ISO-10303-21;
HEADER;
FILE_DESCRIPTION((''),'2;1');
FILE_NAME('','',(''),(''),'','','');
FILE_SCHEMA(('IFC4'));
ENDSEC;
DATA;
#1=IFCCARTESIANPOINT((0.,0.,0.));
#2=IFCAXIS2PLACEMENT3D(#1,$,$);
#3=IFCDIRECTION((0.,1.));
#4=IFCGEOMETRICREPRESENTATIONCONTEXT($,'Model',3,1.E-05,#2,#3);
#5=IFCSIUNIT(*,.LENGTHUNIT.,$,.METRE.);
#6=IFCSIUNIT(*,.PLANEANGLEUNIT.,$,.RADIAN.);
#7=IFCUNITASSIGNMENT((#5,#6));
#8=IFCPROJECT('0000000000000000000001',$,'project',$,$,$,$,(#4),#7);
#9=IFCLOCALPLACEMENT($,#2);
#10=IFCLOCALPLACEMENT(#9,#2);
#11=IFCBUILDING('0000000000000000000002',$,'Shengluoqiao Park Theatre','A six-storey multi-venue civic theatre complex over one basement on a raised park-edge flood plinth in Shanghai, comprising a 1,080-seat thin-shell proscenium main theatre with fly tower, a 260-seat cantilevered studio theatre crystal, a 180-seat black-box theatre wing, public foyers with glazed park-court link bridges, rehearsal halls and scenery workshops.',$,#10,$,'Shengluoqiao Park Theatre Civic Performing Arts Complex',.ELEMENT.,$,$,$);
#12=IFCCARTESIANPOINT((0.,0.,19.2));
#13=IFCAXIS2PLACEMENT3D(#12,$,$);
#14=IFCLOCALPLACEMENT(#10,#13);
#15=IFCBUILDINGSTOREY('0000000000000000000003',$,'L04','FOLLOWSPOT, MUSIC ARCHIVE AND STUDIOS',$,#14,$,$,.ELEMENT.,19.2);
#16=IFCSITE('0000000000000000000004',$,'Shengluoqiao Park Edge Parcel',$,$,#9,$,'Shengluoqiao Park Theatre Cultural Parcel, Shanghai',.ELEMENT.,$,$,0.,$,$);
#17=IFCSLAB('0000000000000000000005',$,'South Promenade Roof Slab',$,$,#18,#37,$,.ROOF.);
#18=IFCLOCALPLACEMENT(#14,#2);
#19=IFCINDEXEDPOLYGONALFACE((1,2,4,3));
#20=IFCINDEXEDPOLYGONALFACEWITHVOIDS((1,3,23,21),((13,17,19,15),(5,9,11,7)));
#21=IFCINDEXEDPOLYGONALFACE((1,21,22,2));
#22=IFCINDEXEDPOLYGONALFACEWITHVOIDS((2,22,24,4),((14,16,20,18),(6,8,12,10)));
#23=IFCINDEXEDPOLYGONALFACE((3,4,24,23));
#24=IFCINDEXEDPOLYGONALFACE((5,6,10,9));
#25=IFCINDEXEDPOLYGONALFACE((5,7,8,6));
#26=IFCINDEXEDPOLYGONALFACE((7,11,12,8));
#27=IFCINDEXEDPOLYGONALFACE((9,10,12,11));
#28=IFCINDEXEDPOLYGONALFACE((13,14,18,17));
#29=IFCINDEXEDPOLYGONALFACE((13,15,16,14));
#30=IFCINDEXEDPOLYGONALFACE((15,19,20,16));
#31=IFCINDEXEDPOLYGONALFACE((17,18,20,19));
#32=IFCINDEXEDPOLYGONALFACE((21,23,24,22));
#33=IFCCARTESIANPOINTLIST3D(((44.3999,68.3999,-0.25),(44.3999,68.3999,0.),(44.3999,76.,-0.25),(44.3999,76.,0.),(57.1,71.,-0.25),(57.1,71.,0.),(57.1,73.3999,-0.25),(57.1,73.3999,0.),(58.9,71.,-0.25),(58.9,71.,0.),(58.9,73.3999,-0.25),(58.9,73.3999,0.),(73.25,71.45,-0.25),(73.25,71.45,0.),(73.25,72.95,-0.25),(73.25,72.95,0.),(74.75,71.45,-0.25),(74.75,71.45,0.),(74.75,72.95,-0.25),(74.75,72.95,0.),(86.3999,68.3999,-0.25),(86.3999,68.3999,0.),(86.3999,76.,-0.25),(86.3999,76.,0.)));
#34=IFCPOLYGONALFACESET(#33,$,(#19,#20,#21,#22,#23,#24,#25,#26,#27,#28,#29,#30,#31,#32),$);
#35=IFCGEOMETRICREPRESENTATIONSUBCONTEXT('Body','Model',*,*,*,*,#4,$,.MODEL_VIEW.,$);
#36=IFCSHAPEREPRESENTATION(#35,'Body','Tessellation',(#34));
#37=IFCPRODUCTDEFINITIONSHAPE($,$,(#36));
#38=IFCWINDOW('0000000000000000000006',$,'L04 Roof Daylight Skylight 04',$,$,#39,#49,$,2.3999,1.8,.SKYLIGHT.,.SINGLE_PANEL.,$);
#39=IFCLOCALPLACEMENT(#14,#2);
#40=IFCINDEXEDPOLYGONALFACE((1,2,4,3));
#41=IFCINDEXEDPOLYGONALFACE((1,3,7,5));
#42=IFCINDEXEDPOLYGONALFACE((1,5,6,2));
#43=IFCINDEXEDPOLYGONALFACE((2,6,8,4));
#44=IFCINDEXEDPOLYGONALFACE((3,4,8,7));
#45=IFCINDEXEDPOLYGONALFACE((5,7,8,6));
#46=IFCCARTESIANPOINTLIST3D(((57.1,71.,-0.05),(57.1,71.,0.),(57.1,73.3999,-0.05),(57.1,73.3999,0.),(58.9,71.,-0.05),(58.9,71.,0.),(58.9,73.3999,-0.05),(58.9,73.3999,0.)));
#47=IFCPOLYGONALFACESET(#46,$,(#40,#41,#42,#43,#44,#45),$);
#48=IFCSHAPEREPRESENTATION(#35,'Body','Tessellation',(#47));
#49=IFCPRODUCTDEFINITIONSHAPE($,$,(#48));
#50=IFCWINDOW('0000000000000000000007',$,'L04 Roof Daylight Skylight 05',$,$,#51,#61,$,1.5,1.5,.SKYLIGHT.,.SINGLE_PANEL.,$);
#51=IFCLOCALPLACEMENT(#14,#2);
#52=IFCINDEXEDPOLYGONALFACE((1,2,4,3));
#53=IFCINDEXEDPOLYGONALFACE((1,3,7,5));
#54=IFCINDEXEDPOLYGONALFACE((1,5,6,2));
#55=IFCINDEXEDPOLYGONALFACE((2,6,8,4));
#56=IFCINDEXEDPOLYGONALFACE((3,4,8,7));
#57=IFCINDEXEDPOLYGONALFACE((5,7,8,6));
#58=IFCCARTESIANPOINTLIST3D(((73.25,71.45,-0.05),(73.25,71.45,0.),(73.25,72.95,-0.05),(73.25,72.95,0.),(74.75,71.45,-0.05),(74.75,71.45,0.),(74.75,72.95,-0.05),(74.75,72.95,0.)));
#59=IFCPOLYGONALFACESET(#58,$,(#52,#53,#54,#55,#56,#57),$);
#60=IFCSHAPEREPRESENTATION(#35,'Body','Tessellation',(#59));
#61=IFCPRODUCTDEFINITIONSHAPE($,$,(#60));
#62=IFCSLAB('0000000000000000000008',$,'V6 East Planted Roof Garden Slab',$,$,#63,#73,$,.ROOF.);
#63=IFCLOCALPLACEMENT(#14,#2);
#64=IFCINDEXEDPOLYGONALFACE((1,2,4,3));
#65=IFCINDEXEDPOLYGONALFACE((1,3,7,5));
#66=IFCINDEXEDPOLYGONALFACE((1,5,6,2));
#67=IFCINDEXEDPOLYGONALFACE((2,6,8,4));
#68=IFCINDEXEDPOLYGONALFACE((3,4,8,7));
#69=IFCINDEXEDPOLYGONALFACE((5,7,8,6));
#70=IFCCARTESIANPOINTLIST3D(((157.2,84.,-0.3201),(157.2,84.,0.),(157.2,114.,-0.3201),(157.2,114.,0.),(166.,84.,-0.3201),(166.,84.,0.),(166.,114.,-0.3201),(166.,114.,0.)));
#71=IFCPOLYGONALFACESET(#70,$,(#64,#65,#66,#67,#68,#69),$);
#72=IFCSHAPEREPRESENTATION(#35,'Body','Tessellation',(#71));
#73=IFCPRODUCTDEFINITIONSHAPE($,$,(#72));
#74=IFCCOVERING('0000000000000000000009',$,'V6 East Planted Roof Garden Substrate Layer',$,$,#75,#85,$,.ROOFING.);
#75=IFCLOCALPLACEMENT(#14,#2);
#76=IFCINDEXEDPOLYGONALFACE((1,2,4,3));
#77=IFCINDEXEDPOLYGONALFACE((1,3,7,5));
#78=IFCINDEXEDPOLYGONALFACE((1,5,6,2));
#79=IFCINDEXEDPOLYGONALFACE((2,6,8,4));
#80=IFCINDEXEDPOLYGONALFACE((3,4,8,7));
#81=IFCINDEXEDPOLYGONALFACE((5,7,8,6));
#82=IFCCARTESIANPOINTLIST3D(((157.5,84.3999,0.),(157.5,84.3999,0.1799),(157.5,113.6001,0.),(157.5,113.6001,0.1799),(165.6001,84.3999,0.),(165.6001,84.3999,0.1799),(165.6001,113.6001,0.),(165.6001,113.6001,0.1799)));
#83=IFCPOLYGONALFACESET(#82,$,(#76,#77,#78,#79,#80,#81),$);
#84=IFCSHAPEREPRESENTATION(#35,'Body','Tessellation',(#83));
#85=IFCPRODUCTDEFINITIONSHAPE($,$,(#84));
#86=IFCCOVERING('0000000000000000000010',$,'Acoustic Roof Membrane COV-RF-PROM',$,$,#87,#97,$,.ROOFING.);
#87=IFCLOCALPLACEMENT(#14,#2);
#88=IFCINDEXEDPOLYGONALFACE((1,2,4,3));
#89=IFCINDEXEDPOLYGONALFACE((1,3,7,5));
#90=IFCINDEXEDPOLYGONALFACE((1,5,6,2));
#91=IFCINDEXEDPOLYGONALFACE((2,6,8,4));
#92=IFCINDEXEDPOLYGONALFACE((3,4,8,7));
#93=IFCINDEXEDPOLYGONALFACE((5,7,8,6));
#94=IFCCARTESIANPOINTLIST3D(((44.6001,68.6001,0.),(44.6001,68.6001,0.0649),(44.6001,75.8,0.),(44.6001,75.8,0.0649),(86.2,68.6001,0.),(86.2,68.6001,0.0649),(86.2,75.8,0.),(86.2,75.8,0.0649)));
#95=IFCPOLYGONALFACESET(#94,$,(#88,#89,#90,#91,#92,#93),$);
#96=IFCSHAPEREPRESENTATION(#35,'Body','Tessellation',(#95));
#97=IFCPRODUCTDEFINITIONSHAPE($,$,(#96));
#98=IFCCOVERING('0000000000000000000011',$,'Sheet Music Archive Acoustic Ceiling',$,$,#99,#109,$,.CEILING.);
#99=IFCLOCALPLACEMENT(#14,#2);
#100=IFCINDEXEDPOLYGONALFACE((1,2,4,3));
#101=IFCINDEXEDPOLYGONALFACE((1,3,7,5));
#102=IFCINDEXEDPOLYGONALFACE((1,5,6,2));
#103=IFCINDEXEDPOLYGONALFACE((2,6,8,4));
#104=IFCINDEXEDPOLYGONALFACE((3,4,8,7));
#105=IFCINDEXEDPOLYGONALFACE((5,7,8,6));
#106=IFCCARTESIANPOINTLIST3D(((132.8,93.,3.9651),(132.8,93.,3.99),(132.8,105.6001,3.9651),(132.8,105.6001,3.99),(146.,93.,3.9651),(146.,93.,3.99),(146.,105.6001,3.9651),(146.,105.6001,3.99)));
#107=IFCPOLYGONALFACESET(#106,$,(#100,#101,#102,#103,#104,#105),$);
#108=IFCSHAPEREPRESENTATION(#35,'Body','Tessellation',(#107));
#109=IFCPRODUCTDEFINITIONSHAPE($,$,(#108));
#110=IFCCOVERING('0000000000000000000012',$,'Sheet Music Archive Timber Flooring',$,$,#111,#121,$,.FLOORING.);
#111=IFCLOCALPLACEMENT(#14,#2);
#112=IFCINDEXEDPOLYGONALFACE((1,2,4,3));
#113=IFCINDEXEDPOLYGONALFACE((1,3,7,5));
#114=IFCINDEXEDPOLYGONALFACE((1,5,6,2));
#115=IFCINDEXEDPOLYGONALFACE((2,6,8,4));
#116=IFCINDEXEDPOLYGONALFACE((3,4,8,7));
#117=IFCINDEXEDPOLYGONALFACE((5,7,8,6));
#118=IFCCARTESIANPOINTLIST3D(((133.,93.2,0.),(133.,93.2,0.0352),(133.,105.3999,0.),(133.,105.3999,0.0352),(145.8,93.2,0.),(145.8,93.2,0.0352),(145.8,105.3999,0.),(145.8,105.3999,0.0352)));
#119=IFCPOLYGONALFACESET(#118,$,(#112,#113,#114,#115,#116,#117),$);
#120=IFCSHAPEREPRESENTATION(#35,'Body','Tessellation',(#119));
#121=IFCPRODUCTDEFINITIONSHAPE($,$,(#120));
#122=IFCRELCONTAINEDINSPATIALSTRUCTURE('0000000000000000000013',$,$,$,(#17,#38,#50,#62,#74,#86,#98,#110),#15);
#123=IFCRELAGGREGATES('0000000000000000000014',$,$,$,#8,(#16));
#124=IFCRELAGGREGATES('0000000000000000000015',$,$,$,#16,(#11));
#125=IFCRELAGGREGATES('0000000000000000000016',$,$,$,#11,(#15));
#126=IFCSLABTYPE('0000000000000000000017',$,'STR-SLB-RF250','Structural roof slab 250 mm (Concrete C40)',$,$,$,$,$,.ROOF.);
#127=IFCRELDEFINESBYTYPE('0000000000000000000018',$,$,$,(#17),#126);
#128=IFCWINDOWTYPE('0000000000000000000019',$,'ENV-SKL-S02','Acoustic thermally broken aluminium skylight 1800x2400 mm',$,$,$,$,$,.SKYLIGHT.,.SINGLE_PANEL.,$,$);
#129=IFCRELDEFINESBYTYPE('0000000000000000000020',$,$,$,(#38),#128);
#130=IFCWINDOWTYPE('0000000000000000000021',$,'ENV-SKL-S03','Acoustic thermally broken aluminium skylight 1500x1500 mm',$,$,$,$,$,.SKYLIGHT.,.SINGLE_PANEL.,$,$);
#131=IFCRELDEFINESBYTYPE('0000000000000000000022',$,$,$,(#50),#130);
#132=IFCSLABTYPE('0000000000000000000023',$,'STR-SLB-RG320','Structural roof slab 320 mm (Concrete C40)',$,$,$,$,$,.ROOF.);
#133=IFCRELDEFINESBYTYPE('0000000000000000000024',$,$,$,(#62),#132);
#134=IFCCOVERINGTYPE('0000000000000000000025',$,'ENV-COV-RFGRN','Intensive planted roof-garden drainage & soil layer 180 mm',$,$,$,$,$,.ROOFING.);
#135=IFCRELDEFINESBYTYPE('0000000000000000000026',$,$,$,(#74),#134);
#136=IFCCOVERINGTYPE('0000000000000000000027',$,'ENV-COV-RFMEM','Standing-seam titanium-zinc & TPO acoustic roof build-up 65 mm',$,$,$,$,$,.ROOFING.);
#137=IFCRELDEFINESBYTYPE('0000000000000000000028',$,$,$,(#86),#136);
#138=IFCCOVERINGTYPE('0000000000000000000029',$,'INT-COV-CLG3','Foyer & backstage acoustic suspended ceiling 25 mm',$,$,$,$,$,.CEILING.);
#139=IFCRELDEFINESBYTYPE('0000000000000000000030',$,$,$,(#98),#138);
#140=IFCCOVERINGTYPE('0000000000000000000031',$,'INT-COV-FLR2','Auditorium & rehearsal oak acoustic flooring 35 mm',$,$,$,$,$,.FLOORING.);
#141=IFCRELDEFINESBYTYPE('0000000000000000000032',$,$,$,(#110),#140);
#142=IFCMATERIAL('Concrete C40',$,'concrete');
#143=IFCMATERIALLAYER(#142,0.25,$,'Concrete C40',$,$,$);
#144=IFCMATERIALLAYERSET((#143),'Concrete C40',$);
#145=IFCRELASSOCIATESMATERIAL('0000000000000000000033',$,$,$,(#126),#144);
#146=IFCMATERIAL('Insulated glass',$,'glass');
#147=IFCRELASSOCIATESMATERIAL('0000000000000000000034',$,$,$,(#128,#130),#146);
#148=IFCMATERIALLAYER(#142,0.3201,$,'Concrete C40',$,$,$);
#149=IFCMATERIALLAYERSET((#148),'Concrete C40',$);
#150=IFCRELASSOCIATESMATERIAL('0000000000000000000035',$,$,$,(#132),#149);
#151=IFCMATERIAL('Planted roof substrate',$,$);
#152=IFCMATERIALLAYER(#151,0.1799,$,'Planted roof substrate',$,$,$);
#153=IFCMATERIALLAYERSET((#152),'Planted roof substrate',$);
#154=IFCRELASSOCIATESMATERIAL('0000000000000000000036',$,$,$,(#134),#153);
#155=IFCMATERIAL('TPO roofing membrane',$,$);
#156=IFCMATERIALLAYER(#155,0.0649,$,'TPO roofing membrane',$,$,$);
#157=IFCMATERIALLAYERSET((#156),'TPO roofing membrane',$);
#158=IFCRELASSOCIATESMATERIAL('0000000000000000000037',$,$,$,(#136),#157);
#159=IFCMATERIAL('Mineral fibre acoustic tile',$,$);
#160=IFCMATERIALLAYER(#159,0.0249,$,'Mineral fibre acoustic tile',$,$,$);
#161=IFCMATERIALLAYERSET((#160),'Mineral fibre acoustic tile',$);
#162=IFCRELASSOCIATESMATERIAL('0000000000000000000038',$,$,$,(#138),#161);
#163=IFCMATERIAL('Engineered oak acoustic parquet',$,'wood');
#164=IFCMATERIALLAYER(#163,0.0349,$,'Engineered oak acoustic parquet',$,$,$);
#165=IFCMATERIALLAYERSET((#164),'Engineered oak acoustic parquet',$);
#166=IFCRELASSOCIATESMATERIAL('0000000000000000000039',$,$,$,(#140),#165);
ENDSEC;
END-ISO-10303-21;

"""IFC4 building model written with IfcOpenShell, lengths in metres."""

from ifc_helpers import new_model, si_unit, direction, frame, origin, origin_2d, place, context, subcontext, project, spatial, polyline, rectangle, outline, extrude, material, layer, layer_set, type_object, element, fill, save


model = new_model("IFC4")

# Units and contexts
model_context = context("Model", 3, precision=1e-05, world=origin(), true_north=direction((0.0, 1.0)))
body_context = subcontext(model_context, "Body", "Model", "MODEL_VIEW")
ifc_project = project(units=[si_unit("LENGTHUNIT", "METRE"), si_unit("PLANEANGLEUNIT", "RADIAN")], contexts=[model_context])

# Site, building, storey
site_placement = place(None, origin())
site = spatial("IfcSite", under=ifc_project, at=site_placement, Name="Shengluoqiao Park Edge Parcel", LongName="Shengluoqiao Park Theatre Cultural Parcel, Shanghai", CompositionType="ELEMENT", RefElevation=0.0)
building_placement = place(site_placement, origin())
building = spatial("IfcBuilding", under=site, at=building_placement, Name="Shengluoqiao Park Theatre", Description="A six-storey multi-venue civic theatre complex over one basement on a raised park-edge flood plinth in Shanghai, comprising a 1,080-seat thin-shell proscenium main theatre with fly tower, a 260-seat cantilevered studio theatre crystal, a 180-seat black-box theatre wing, public foyers with glazed park-court link bridges, rehearsal halls and scenery workshops.", LongName="Shengluoqiao Park Theatre Civic Performing Arts Complex", CompositionType="ELEMENT")
storey_placement = place(building_placement, frame((0.0, 0.0, 19.2)))
storey = spatial("IfcBuildingStorey", under=building, at=storey_placement, Name="L04", Description="FOLLOWSPOT, MUSIC ARCHIVE AND STUDIOS", CompositionType="ELEMENT", Elevation=19.2)

# Shared definitions
ifc_material_1 = material(Name="Concrete C40", Category="concrete")

# Slab, openings, windows
ifc_layer_1 = layer(ifc_material_1, 0.25, Name="Concrete C40")
ifc_layer_set_1 = layer_set([ifc_layer_1], Name="Concrete C40")
slab_type_1 = type_object("IfcSlabType", Name="STR-SLB-RF250", Description="Structural roof slab 250 mm (Concrete C40)", PredefinedType="ROOF", material=ifc_layer_set_1)
slab_1_placement = place(storey_placement, frame((0.0, 0.0, -0.25)))
slab_1 = element("IfcSlab", 1, at=slab_1_placement, inside=storey, type_object=slab_type_1, Name="South Promenade Roof Slab", PredefinedType="ROOF", context=body_context, shape_type="SweptSolid", body=[
    extrude(outline(polyline([(44.3999, 68.3999), (86.3999, 68.3999), (86.3999, 76.0), (44.3999, 76.0), (44.3999, 68.3999)])), origin(), (0.0, 0.0, 1.0), 0.25),
])
opening_1_placement = place(slab_1_placement, frame((58.0, 72.2, 0.0)))
opening_1 = element("IfcOpeningElement", 2, at=opening_1_placement, cuts=slab_1, PredefinedType="OPENING", context=body_context, shape_type="SweptSolid", body=[
    extrude(rectangle(XDim=1.8, YDim=2.3999, at=origin_2d()), origin(), (0.0, 0.0, 1.0), 0.25),
])
opening_2_placement = place(slab_1_placement, frame((74.0, 72.2, 0.0)))
opening_2 = element("IfcOpeningElement", 3, at=opening_2_placement, cuts=slab_1, PredefinedType="OPENING", context=body_context, shape_type="SweptSolid", body=[
    extrude(rectangle(XDim=1.5, YDim=1.5, at=origin_2d()), origin(), (0.0, 0.0, 1.0), 0.25),
])
ifc_material_2 = material(Name="Insulated glass", Category="glass")
window_type_1 = type_object("IfcWindowType", Name="ENV-SKL-S02", Description="Acoustic thermally broken aluminium skylight 1800x2400 mm", PartitioningType="SINGLE_PANEL", PredefinedType="SKYLIGHT", material=ifc_material_2)
window_1_placement = place(opening_1_placement, frame((0.0, 0.0, 0.2)))
window_1 = element("IfcWindow", 4, at=window_1_placement, inside=storey, type_object=window_type_1, Name="L04 Roof Daylight Skylight 04", OverallHeight=2.3999, OverallWidth=1.8, PartitioningType="SINGLE_PANEL", PredefinedType="SKYLIGHT", context=body_context, shape_type="SweptSolid", body=[
    extrude(rectangle(XDim=1.8, YDim=2.3999, at=origin_2d()), origin(), (0.0, 0.0, 1.0), 0.05),
])
fill(opening_1, window_1)
window_type_2 = type_object("IfcWindowType", Name="ENV-SKL-S03", Description="Acoustic thermally broken aluminium skylight 1500x1500 mm", PartitioningType="SINGLE_PANEL", PredefinedType="SKYLIGHT", material=ifc_material_2)
window_2_placement = place(opening_2_placement, frame((0.0, 0.0, 0.2)))
window_2 = element("IfcWindow", 5, at=window_2_placement, inside=storey, type_object=window_type_2, Name="L04 Roof Daylight Skylight 05", OverallHeight=1.5, OverallWidth=1.5, PartitioningType="SINGLE_PANEL", PredefinedType="SKYLIGHT", context=body_context, shape_type="SweptSolid", body=[
    extrude(rectangle(XDim=1.5, YDim=1.5, at=origin_2d()), origin(), (0.0, 0.0, 1.0), 0.05),
])
fill(opening_2, window_2)

# Slab
ifc_layer_2 = layer(ifc_material_1, 0.3201, Name="Concrete C40")
ifc_layer_set_2 = layer_set([ifc_layer_2], Name="Concrete C40")
slab_type_2 = type_object("IfcSlabType", Name="STR-SLB-RG320", Description="Structural roof slab 320 mm (Concrete C40)", PredefinedType="ROOF", material=ifc_layer_set_2)
slab_2_placement = place(storey_placement, frame((0.0, 0.0, -0.3201)))
element("IfcSlab", 6, at=slab_2_placement, inside=storey, type_object=slab_type_2, Name="V6 East Planted Roof Garden Slab", PredefinedType="ROOF", context=body_context, shape_type="SweptSolid", body=[
    extrude(outline(polyline([(157.2, 84.0), (166.0, 84.0), (166.0, 114.0), (157.2, 114.0), (157.2, 84.0)])), origin(), (0.0, 0.0, 1.0), 0.3201),
])

# Coverings
ifc_material_3 = material(Name="Planted roof substrate")
ifc_layer_3 = layer(ifc_material_3, 0.1799, Name="Planted roof substrate")
ifc_layer_set_3 = layer_set([ifc_layer_3], Name="Planted roof substrate")
covering_type_1 = type_object("IfcCoveringType", Name="ENV-COV-RFGRN", Description="Intensive planted roof-garden drainage & soil layer 180 mm", PredefinedType="ROOFING", material=ifc_layer_set_3)
covering_1_placement = place(storey_placement, origin())
element("IfcCovering", 7, at=covering_1_placement, inside=storey, type_object=covering_type_1, Name="V6 East Planted Roof Garden Substrate Layer", PredefinedType="ROOFING", context=body_context, shape_type="SweptSolid", body=[
    extrude(outline(polyline([(157.5, 84.3999), (165.6001, 84.3999), (165.6001, 113.6001), (157.5, 113.6001), (157.5, 84.3999)])), origin(), (0.0, 0.0, 1.0), 0.1799),
])
ifc_material_4 = material(Name="TPO roofing membrane")
ifc_layer_4 = layer(ifc_material_4, 0.0649, Name="TPO roofing membrane")
ifc_layer_set_4 = layer_set([ifc_layer_4], Name="TPO roofing membrane")
covering_type_2 = type_object("IfcCoveringType", Name="ENV-COV-RFMEM", Description="Standing-seam titanium-zinc & TPO acoustic roof build-up 65 mm", PredefinedType="ROOFING", material=ifc_layer_set_4)
covering_2_placement = place(storey_placement, origin())
element("IfcCovering", 8, at=covering_2_placement, inside=storey, type_object=covering_type_2, Name="Acoustic Roof Membrane COV-RF-PROM", PredefinedType="ROOFING", context=body_context, shape_type="SweptSolid", body=[
    extrude(outline(polyline([(44.6001, 68.6001), (86.2, 68.6001), (86.2, 75.8), (44.6001, 75.8), (44.6001, 68.6001)])), origin(), (0.0, 0.0, 1.0), 0.0649),
])
ifc_material_5 = material(Name="Mineral fibre acoustic tile")
ifc_layer_5 = layer(ifc_material_5, 0.0249, Name="Mineral fibre acoustic tile")
ifc_layer_set_5 = layer_set([ifc_layer_5], Name="Mineral fibre acoustic tile")
covering_type_3 = type_object("IfcCoveringType", Name="INT-COV-CLG3", Description="Foyer & backstage acoustic suspended ceiling 25 mm", PredefinedType="CEILING", material=ifc_layer_set_5)
covering_3_placement = place(storey_placement, frame((0.0, 0.0, 3.9651)))
element("IfcCovering", 9, at=covering_3_placement, inside=storey, type_object=covering_type_3, Name="Sheet Music Archive Acoustic Ceiling", PredefinedType="CEILING", context=body_context, shape_type="SweptSolid", body=[
    extrude(outline(polyline([(132.8, 93.0), (146.0, 93.0), (146.0, 105.6001), (132.8, 105.6001), (132.8, 93.0)])), origin(), (0.0, 0.0, 1.0), 0.0249),
])
ifc_material_6 = material(Name="Engineered oak acoustic parquet", Category="wood")
ifc_layer_6 = layer(ifc_material_6, 0.0349, Name="Engineered oak acoustic parquet")
ifc_layer_set_6 = layer_set([ifc_layer_6], Name="Engineered oak acoustic parquet")
covering_type_4 = type_object("IfcCoveringType", Name="INT-COV-FLR2", Description="Auditorium & rehearsal oak acoustic flooring 35 mm", PredefinedType="FLOORING", material=ifc_layer_set_6)
covering_4_placement = place(storey_placement, origin())
element("IfcCovering", 10, at=covering_4_placement, inside=storey, type_object=covering_type_4, Name="Sheet Music Archive Timber Flooring", PredefinedType="FLOORING", context=body_context, shape_type="SweptSolid", body=[
    extrude(outline(polyline([(133.0, 93.2), (145.8, 93.2), (145.8, 105.3999), (133.0, 105.3999), (133.0, 93.2)])), origin(), (0.0, 0.0, 1.0), 0.0352),
])

save(model, "model.ifc")
